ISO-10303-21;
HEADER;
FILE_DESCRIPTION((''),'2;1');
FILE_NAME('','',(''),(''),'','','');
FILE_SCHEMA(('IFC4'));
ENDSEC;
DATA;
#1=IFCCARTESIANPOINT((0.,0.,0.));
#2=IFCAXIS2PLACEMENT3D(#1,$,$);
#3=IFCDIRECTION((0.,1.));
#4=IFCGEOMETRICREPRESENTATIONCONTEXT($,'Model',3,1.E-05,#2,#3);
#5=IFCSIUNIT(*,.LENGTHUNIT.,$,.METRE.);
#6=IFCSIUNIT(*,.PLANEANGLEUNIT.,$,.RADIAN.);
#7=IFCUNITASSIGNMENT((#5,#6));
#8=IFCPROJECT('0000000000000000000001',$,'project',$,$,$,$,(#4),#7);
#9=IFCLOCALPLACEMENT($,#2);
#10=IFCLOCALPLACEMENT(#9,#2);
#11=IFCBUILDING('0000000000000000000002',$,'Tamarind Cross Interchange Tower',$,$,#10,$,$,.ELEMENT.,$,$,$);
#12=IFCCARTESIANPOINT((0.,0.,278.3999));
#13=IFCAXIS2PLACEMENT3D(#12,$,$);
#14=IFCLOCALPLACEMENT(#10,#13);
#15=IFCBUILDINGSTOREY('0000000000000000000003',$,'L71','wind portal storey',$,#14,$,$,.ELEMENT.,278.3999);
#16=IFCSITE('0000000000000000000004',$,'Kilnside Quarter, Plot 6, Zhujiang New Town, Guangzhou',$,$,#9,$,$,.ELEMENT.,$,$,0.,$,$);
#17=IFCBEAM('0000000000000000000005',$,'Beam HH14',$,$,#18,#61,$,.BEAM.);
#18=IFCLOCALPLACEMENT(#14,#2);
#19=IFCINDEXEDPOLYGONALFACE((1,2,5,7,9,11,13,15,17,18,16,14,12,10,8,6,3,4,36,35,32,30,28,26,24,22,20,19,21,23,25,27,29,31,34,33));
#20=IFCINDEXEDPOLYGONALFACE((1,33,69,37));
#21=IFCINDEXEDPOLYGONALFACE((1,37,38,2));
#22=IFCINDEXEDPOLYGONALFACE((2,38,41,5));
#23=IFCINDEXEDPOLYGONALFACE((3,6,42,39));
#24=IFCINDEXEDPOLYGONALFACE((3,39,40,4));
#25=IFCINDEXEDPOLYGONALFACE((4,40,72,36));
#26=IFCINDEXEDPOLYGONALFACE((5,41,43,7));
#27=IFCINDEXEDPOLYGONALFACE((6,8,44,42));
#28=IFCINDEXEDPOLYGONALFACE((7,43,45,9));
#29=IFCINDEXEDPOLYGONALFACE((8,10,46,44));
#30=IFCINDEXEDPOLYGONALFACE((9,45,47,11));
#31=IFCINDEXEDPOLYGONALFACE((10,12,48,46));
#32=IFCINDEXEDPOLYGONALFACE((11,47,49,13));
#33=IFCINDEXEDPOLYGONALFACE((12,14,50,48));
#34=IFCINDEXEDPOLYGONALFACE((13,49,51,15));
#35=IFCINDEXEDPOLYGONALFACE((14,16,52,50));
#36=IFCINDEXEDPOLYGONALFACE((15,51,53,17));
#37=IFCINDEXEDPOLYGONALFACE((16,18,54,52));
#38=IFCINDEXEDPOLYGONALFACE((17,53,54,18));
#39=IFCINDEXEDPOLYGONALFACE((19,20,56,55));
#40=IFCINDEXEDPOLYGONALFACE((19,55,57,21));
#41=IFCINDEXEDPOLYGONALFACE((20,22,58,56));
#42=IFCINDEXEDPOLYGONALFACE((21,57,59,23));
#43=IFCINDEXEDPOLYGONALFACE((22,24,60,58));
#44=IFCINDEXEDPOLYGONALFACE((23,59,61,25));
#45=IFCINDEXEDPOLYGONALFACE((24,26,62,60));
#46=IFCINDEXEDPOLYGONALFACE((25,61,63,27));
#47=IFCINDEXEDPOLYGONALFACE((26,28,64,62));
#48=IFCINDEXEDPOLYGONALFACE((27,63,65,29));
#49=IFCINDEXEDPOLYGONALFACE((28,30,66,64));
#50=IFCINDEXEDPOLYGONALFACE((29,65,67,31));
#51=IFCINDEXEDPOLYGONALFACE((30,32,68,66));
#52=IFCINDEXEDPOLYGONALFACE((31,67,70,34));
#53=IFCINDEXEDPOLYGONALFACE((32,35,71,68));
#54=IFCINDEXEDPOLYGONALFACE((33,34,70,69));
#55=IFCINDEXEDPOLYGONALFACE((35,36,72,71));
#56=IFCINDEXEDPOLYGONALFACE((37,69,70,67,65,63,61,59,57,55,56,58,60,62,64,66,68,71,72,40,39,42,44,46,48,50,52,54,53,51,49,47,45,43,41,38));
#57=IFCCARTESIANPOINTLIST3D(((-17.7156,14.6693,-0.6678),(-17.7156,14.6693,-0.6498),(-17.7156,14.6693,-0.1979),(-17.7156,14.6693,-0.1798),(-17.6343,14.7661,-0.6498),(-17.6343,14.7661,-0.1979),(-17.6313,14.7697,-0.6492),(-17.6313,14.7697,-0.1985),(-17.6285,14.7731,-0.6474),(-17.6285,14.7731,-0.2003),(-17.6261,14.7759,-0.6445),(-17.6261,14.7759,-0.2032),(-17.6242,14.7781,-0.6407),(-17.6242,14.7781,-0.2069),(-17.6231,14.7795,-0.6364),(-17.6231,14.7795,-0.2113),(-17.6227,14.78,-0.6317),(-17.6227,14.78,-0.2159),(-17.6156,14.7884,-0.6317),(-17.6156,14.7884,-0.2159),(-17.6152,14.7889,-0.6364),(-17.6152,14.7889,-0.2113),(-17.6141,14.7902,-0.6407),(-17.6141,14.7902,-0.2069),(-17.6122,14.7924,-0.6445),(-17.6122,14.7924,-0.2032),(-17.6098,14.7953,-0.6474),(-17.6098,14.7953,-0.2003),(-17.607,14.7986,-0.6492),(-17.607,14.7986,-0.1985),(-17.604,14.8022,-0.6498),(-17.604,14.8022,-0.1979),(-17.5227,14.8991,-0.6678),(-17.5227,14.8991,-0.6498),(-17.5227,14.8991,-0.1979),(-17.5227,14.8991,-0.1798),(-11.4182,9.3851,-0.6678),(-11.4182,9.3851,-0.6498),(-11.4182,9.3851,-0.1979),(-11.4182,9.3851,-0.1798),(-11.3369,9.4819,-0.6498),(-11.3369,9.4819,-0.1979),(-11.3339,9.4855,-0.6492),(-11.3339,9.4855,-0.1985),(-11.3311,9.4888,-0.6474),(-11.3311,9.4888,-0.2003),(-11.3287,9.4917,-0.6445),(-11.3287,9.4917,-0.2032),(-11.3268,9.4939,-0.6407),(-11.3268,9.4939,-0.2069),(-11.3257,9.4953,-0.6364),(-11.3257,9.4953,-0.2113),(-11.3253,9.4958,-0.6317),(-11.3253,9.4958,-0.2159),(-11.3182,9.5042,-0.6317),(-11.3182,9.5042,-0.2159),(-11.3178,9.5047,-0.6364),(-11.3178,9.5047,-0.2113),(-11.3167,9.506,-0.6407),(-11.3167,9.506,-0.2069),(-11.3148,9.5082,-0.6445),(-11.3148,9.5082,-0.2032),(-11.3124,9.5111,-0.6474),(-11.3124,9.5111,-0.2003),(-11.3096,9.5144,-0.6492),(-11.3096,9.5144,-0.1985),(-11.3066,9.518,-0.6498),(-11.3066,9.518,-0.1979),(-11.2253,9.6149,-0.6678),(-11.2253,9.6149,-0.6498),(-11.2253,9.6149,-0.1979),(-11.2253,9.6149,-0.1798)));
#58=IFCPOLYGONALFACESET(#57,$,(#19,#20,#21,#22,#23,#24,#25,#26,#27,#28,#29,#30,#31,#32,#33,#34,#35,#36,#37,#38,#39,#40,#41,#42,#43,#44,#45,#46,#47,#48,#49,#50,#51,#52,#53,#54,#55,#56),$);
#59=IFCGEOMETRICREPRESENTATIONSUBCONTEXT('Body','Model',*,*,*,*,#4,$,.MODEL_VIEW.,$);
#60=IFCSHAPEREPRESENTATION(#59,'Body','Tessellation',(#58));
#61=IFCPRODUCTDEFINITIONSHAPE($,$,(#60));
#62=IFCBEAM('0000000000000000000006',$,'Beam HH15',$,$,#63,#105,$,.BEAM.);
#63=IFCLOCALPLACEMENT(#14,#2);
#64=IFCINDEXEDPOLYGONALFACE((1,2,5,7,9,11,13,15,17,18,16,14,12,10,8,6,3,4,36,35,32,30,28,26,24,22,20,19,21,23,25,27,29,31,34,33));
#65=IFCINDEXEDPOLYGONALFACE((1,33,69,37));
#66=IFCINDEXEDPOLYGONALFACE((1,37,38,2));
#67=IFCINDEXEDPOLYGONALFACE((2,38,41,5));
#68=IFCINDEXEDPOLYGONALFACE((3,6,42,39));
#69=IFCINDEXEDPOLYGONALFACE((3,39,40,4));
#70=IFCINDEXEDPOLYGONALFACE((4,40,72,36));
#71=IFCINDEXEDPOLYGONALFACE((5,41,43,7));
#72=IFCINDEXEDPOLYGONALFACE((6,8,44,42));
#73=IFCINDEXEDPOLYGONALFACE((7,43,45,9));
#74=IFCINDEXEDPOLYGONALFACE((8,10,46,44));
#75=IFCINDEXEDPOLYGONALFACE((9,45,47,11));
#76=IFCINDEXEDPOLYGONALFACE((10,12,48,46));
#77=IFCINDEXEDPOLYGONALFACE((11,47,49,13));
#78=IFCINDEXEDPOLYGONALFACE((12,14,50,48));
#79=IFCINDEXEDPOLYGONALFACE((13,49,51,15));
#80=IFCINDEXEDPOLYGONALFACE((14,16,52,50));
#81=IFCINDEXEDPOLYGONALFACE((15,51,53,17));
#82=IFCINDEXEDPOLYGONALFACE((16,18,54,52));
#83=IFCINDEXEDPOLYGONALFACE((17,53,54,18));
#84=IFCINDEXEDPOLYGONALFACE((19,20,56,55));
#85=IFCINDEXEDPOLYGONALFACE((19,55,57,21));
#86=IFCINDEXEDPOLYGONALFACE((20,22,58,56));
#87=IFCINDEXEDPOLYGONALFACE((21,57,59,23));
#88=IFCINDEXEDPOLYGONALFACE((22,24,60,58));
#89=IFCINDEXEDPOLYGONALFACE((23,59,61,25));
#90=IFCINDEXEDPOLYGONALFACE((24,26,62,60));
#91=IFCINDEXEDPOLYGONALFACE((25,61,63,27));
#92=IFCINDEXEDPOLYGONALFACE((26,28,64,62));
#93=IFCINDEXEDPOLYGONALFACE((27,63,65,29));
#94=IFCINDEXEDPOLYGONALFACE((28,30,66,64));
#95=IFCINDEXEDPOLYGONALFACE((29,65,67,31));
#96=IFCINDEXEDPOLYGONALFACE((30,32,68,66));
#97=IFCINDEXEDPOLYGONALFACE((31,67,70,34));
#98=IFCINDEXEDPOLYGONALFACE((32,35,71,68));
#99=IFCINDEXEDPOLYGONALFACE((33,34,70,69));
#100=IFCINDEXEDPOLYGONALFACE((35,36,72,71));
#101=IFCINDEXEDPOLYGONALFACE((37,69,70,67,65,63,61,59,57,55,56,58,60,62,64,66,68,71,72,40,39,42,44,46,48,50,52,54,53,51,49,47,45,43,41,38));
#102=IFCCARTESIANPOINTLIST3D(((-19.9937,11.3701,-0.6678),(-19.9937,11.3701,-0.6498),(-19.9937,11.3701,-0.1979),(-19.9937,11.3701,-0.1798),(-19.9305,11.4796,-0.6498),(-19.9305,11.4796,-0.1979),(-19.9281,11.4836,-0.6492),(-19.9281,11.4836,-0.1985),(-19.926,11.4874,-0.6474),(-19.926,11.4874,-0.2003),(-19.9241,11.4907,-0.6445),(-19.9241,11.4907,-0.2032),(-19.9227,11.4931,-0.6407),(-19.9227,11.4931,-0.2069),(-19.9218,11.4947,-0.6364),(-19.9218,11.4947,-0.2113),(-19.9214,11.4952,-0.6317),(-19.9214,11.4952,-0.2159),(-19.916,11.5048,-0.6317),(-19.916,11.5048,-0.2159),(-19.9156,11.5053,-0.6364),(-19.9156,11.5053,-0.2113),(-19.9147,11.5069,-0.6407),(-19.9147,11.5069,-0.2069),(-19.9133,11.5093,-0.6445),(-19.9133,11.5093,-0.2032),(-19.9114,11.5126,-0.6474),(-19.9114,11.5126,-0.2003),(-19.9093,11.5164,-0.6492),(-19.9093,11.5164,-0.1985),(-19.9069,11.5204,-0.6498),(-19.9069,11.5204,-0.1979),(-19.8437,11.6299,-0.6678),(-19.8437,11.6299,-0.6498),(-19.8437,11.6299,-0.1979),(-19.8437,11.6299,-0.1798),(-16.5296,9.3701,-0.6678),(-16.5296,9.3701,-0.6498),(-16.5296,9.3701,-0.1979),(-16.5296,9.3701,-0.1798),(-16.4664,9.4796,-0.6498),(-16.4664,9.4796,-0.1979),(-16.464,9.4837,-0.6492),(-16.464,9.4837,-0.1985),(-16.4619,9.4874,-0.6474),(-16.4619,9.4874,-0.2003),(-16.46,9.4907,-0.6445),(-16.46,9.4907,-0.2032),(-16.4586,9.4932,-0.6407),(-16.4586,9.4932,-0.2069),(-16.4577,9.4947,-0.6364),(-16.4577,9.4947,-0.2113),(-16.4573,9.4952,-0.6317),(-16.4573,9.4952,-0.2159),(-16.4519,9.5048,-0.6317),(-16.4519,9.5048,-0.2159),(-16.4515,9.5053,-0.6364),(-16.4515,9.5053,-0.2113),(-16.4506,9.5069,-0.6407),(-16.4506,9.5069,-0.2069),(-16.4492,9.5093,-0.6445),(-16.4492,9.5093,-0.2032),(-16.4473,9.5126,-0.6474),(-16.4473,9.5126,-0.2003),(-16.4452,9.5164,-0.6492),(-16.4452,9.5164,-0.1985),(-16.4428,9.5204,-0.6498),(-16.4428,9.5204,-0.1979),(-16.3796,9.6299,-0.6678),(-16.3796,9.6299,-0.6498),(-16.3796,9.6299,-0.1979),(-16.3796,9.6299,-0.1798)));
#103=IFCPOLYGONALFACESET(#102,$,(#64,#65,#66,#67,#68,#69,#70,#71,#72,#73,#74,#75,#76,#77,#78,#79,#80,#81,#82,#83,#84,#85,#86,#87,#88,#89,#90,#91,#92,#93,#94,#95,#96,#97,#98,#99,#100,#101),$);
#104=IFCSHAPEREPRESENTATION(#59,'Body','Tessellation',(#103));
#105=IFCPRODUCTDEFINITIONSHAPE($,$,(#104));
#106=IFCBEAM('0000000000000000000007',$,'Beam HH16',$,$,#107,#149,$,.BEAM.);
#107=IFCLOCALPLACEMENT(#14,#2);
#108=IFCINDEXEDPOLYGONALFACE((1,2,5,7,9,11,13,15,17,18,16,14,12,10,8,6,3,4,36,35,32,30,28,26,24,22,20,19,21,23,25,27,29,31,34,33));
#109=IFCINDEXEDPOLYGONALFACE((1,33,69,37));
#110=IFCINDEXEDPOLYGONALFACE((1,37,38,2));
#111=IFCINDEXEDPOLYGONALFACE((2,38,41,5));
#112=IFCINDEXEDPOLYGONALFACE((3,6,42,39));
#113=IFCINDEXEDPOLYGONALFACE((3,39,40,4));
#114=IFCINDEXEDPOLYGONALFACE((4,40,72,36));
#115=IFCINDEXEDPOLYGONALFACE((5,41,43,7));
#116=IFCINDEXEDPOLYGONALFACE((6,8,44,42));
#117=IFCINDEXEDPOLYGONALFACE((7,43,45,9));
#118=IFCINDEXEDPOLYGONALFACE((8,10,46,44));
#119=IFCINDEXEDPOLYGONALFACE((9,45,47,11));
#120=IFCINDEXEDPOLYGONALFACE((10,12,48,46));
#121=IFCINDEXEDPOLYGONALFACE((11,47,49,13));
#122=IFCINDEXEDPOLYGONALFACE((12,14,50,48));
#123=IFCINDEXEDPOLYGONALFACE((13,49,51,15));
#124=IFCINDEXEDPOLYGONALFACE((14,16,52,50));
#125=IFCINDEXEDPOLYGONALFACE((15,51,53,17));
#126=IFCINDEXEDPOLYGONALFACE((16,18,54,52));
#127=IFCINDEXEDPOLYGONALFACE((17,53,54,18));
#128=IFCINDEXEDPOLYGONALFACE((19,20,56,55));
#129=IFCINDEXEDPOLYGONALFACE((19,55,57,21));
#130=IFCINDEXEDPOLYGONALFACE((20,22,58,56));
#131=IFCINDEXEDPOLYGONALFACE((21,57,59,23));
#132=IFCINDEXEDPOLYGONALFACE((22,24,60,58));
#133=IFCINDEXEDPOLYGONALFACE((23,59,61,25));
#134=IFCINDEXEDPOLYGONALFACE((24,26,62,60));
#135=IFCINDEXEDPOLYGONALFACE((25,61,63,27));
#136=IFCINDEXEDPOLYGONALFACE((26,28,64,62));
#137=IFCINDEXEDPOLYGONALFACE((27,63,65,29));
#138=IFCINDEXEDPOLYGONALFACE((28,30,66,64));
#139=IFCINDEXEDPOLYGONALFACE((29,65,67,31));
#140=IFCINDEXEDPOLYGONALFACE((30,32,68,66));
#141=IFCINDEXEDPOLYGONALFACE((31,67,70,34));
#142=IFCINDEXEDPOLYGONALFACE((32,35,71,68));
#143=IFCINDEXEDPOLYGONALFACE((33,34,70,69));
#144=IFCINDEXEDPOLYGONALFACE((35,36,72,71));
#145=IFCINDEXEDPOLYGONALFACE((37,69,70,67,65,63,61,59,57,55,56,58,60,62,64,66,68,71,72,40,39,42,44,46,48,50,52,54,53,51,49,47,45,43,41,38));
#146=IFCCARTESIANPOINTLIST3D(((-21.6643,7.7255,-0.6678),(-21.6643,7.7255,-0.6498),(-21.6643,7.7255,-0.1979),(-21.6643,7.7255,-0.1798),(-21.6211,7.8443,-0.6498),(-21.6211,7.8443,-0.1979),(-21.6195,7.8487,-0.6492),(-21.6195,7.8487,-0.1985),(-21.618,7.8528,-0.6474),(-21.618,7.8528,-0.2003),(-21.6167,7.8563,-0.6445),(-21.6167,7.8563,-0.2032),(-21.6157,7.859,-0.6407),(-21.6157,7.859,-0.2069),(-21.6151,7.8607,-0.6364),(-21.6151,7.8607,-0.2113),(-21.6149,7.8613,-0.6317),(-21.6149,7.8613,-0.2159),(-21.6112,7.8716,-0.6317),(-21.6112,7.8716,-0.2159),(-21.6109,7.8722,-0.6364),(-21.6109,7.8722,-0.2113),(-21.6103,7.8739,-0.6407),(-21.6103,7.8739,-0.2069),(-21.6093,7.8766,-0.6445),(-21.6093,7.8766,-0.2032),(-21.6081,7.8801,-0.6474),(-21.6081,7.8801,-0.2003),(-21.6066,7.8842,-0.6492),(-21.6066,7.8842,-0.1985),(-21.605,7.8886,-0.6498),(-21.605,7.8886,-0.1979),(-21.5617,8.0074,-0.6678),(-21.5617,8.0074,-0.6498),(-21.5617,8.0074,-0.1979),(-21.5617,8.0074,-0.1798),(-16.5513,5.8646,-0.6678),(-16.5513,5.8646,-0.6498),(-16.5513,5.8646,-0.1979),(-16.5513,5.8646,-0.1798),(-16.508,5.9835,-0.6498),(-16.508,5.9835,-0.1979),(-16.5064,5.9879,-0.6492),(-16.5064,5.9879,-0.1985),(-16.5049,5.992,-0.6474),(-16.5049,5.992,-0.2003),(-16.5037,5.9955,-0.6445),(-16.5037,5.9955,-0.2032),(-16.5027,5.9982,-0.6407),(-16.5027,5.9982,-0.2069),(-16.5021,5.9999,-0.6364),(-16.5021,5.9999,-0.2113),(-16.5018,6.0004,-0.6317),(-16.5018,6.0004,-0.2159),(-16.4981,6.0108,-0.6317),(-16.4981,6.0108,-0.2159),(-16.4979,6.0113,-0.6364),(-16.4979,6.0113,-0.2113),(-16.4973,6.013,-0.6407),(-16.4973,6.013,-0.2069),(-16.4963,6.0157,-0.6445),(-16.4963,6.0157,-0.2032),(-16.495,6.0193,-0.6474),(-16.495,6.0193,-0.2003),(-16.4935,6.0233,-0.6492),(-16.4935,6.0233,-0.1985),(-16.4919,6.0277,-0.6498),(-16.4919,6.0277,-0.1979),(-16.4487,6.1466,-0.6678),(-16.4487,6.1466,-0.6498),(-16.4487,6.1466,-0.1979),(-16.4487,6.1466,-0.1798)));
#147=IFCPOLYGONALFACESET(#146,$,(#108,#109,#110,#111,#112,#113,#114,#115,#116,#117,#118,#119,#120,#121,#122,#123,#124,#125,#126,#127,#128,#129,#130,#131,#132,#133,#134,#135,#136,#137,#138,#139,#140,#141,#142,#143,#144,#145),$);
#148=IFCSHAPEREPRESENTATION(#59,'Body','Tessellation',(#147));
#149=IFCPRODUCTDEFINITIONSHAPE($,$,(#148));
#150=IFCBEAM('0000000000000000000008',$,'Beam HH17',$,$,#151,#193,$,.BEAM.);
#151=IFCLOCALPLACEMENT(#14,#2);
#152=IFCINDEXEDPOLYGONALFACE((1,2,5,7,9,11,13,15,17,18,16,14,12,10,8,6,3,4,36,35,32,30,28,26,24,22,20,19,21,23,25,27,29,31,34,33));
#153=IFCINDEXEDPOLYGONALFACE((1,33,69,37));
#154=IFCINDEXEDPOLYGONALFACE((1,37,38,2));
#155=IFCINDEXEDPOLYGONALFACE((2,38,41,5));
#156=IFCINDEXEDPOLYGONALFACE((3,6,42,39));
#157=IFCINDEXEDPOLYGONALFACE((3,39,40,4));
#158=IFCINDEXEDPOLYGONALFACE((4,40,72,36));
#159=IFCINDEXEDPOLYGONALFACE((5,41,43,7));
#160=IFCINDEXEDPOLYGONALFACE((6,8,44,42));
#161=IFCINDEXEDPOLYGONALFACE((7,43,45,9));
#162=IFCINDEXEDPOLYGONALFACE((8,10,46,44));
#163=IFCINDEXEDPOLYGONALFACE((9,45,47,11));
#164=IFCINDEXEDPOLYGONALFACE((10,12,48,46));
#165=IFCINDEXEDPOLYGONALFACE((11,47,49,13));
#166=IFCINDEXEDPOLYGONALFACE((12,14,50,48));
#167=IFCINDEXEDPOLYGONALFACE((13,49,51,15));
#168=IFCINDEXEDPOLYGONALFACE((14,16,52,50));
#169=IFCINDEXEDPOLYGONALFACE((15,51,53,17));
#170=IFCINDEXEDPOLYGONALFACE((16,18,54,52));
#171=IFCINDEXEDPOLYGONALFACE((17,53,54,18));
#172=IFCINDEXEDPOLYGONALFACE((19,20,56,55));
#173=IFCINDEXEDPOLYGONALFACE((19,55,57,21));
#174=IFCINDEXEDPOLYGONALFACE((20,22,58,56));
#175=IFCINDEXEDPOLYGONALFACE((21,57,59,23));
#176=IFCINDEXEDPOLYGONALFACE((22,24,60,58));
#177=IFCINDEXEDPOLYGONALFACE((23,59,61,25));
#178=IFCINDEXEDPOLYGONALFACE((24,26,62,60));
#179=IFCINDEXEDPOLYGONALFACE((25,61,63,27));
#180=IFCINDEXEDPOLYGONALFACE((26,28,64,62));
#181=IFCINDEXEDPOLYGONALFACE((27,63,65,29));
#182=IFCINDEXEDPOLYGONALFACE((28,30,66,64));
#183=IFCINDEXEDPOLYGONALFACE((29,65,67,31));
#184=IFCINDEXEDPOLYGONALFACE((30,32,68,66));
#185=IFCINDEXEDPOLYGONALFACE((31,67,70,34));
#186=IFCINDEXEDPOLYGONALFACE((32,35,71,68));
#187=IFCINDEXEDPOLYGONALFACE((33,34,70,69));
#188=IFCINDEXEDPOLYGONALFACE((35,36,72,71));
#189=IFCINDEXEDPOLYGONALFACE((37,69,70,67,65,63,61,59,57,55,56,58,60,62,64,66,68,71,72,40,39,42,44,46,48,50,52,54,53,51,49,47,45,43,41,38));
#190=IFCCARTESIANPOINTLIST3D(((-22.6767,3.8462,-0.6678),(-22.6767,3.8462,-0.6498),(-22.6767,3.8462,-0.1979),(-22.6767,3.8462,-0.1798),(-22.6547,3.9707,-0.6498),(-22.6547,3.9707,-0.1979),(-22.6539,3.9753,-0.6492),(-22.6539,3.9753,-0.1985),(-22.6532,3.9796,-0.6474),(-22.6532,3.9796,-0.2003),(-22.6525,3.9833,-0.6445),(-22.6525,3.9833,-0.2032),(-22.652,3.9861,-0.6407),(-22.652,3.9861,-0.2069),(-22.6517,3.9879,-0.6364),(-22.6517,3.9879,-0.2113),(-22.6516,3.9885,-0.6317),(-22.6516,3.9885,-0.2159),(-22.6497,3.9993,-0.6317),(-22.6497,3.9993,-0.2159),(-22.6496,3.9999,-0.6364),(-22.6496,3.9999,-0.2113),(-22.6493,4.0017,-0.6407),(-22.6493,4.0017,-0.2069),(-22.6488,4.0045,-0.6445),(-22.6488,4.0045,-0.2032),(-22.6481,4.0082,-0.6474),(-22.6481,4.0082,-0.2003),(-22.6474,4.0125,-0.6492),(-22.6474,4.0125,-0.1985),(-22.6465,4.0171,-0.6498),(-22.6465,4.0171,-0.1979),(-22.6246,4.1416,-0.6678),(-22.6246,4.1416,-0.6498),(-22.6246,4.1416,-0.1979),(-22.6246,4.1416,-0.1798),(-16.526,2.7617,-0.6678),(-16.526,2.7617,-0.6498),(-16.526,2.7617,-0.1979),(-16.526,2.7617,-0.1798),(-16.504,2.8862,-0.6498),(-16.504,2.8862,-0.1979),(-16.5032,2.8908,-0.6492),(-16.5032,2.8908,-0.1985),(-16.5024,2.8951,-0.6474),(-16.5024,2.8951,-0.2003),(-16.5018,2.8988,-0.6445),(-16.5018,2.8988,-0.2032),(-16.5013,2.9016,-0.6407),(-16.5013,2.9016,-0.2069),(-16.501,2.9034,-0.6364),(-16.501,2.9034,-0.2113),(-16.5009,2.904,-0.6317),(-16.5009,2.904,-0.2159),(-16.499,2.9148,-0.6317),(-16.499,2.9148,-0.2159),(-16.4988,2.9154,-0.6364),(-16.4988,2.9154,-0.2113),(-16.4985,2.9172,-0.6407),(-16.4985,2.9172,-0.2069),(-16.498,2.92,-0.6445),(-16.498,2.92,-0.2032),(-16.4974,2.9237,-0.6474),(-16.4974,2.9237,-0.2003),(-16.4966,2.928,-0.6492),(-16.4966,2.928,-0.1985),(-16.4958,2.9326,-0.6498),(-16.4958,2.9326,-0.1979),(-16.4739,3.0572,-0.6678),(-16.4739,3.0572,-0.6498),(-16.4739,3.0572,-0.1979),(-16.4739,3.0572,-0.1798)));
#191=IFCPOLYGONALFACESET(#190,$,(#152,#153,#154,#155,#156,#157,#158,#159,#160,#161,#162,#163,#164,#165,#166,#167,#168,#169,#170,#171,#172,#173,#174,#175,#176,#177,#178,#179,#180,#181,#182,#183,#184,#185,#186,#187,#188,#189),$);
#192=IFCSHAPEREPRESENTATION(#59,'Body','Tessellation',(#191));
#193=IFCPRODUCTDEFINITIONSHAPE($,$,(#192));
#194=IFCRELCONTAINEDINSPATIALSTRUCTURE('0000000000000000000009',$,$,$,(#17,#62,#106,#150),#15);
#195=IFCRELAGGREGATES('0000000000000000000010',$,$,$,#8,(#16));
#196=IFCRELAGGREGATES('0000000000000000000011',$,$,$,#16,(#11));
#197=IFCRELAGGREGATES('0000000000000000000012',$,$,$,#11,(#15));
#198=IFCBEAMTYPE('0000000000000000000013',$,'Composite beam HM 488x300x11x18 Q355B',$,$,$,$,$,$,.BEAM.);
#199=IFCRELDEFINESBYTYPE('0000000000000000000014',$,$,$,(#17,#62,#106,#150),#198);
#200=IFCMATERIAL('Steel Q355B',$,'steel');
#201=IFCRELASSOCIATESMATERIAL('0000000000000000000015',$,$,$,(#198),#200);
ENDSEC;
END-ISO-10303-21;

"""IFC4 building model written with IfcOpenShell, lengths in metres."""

from ifc_helpers import new_model, si_unit, direction, frame, origin, origin_2d, place, context, subcontext, project, spatial, i_section, extrude, material, material_profile, profile_set, type_object, element, save


model = new_model("IFC4")

# Units and contexts
model_context = context("Model", 3, precision=1e-05, world=origin(), true_north=direction((0.0, 1.0)))
body_context = subcontext(model_context, "Body", "Model", "MODEL_VIEW")
ifc_project = project(units=[si_unit("LENGTHUNIT", "METRE"), si_unit("PLANEANGLEUNIT", "RADIAN")], contexts=[model_context])

# Site, building, storey
site_placement = place(None, origin())
site = spatial("IfcSite", under=ifc_project, at=site_placement, Name="Kilnside Quarter, Plot 6, Zhujiang New Town, Guangzhou", CompositionType="ELEMENT", RefElevation=0.0)
building_placement = place(site_placement, origin())
building = spatial("IfcBuilding", under=site, at=building_placement, Name="Tamarind Cross Interchange Tower", CompositionType="ELEMENT")
storey_placement = place(building_placement, frame((0.0, 0.0, 278.3999)))
storey = spatial("IfcBuildingStorey", under=building, at=storey_placement, Name="L71", Description="wind portal storey", CompositionType="ELEMENT", Elevation=278.3999)

# Beams
ifc_material_1 = material(Name="Steel Q355B", Category="steel")
ifc_material_profile_1 = material_profile(ifc_material_1, i_section(OverallWidth=0.3, OverallDepth=0.488, WebThickness=0.011, FlangeThickness=0.0181, FilletRadius=0.0181, at=origin_2d()), Name="HM 488x300x11x18")
ifc_profile_set_1 = profile_set([ifc_material_profile_1], Name="Steel Q355B")
beam_type = type_object("IfcBeamType", Name="Composite beam HM 488x300x11x18 Q355B", PredefinedType="BEAM", material=ifc_profile_set_1)
beam_1_placement = place(storey_placement, frame((-17.6191, 14.7842, -0.4238), z_axis=(0.766041, -0.642792, 0.0), x_axis=(0.642792, 0.766041, 0.0)))
element("IfcBeam", 1, at=beam_1_placement, inside=storey, type_object=beam_type, Name="Beam HH14", PredefinedType="BEAM", context=body_context, shape_type="SweptSolid", body=[
    extrude(i_section(OverallWidth=0.3, OverallDepth=0.488, WebThickness=0.011, FlangeThickness=0.0181, FilletRadius=0.0181, at=origin_2d()), origin(), (0.0, 0.0, 1.0), 8.2207),
])
beam_2_placement = place(storey_placement, frame((-19.9187, 11.5, -0.4238), z_axis=(0.866026, -0.499999, 0.0), x_axis=(0.499999, 0.866026, 0.0)))
element("IfcBeam", 2, at=beam_2_placement, inside=storey, type_object=beam_type, Name="Beam HH15", PredefinedType="BEAM", context=body_context, shape_type="SweptSolid", body=[
    extrude(i_section(OverallWidth=0.3, OverallDepth=0.488, WebThickness=0.011, FlangeThickness=0.0181, FilletRadius=0.0181, at=origin_2d()), origin(), (0.0, 0.0, 1.0), 4.0),
])
beam_3_placement = place(storey_placement, frame((-21.613, 7.8665, -0.4238), z_axis=(0.939702, -0.341995, 0.0), x_axis=(0.341995, 0.939702, 0.0)))
element("IfcBeam", 3, at=beam_3_placement, inside=storey, type_object=beam_type, Name="Beam HH16", PredefinedType="BEAM", context=body_context, shape_type="SweptSolid", body=[
    extrude(i_section(OverallWidth=0.3, OverallDepth=0.488, WebThickness=0.011, FlangeThickness=0.0181, FilletRadius=0.0181, at=origin_2d()), origin(), (0.0, 0.0, 1.0), 5.4412),
])
beam_4_placement = place(storey_placement, frame((-22.6506, 3.9939, -0.4238), z_axis=(0.984809, -0.17364, 0.0), x_axis=(0.17364, 0.984809, 0.0)))
element("IfcBeam", 4, at=beam_4_placement, inside=storey, type_object=beam_type, Name="Beam HH17", PredefinedType="BEAM", context=body_context, shape_type="SweptSolid", body=[
    extrude(i_section(OverallWidth=0.3, OverallDepth=0.488, WebThickness=0.011, FlangeThickness=0.0181, FilletRadius=0.0181, at=origin_2d()), origin(), (0.0, 0.0, 1.0), 6.2456),
])

save(model, "model.ifc")
